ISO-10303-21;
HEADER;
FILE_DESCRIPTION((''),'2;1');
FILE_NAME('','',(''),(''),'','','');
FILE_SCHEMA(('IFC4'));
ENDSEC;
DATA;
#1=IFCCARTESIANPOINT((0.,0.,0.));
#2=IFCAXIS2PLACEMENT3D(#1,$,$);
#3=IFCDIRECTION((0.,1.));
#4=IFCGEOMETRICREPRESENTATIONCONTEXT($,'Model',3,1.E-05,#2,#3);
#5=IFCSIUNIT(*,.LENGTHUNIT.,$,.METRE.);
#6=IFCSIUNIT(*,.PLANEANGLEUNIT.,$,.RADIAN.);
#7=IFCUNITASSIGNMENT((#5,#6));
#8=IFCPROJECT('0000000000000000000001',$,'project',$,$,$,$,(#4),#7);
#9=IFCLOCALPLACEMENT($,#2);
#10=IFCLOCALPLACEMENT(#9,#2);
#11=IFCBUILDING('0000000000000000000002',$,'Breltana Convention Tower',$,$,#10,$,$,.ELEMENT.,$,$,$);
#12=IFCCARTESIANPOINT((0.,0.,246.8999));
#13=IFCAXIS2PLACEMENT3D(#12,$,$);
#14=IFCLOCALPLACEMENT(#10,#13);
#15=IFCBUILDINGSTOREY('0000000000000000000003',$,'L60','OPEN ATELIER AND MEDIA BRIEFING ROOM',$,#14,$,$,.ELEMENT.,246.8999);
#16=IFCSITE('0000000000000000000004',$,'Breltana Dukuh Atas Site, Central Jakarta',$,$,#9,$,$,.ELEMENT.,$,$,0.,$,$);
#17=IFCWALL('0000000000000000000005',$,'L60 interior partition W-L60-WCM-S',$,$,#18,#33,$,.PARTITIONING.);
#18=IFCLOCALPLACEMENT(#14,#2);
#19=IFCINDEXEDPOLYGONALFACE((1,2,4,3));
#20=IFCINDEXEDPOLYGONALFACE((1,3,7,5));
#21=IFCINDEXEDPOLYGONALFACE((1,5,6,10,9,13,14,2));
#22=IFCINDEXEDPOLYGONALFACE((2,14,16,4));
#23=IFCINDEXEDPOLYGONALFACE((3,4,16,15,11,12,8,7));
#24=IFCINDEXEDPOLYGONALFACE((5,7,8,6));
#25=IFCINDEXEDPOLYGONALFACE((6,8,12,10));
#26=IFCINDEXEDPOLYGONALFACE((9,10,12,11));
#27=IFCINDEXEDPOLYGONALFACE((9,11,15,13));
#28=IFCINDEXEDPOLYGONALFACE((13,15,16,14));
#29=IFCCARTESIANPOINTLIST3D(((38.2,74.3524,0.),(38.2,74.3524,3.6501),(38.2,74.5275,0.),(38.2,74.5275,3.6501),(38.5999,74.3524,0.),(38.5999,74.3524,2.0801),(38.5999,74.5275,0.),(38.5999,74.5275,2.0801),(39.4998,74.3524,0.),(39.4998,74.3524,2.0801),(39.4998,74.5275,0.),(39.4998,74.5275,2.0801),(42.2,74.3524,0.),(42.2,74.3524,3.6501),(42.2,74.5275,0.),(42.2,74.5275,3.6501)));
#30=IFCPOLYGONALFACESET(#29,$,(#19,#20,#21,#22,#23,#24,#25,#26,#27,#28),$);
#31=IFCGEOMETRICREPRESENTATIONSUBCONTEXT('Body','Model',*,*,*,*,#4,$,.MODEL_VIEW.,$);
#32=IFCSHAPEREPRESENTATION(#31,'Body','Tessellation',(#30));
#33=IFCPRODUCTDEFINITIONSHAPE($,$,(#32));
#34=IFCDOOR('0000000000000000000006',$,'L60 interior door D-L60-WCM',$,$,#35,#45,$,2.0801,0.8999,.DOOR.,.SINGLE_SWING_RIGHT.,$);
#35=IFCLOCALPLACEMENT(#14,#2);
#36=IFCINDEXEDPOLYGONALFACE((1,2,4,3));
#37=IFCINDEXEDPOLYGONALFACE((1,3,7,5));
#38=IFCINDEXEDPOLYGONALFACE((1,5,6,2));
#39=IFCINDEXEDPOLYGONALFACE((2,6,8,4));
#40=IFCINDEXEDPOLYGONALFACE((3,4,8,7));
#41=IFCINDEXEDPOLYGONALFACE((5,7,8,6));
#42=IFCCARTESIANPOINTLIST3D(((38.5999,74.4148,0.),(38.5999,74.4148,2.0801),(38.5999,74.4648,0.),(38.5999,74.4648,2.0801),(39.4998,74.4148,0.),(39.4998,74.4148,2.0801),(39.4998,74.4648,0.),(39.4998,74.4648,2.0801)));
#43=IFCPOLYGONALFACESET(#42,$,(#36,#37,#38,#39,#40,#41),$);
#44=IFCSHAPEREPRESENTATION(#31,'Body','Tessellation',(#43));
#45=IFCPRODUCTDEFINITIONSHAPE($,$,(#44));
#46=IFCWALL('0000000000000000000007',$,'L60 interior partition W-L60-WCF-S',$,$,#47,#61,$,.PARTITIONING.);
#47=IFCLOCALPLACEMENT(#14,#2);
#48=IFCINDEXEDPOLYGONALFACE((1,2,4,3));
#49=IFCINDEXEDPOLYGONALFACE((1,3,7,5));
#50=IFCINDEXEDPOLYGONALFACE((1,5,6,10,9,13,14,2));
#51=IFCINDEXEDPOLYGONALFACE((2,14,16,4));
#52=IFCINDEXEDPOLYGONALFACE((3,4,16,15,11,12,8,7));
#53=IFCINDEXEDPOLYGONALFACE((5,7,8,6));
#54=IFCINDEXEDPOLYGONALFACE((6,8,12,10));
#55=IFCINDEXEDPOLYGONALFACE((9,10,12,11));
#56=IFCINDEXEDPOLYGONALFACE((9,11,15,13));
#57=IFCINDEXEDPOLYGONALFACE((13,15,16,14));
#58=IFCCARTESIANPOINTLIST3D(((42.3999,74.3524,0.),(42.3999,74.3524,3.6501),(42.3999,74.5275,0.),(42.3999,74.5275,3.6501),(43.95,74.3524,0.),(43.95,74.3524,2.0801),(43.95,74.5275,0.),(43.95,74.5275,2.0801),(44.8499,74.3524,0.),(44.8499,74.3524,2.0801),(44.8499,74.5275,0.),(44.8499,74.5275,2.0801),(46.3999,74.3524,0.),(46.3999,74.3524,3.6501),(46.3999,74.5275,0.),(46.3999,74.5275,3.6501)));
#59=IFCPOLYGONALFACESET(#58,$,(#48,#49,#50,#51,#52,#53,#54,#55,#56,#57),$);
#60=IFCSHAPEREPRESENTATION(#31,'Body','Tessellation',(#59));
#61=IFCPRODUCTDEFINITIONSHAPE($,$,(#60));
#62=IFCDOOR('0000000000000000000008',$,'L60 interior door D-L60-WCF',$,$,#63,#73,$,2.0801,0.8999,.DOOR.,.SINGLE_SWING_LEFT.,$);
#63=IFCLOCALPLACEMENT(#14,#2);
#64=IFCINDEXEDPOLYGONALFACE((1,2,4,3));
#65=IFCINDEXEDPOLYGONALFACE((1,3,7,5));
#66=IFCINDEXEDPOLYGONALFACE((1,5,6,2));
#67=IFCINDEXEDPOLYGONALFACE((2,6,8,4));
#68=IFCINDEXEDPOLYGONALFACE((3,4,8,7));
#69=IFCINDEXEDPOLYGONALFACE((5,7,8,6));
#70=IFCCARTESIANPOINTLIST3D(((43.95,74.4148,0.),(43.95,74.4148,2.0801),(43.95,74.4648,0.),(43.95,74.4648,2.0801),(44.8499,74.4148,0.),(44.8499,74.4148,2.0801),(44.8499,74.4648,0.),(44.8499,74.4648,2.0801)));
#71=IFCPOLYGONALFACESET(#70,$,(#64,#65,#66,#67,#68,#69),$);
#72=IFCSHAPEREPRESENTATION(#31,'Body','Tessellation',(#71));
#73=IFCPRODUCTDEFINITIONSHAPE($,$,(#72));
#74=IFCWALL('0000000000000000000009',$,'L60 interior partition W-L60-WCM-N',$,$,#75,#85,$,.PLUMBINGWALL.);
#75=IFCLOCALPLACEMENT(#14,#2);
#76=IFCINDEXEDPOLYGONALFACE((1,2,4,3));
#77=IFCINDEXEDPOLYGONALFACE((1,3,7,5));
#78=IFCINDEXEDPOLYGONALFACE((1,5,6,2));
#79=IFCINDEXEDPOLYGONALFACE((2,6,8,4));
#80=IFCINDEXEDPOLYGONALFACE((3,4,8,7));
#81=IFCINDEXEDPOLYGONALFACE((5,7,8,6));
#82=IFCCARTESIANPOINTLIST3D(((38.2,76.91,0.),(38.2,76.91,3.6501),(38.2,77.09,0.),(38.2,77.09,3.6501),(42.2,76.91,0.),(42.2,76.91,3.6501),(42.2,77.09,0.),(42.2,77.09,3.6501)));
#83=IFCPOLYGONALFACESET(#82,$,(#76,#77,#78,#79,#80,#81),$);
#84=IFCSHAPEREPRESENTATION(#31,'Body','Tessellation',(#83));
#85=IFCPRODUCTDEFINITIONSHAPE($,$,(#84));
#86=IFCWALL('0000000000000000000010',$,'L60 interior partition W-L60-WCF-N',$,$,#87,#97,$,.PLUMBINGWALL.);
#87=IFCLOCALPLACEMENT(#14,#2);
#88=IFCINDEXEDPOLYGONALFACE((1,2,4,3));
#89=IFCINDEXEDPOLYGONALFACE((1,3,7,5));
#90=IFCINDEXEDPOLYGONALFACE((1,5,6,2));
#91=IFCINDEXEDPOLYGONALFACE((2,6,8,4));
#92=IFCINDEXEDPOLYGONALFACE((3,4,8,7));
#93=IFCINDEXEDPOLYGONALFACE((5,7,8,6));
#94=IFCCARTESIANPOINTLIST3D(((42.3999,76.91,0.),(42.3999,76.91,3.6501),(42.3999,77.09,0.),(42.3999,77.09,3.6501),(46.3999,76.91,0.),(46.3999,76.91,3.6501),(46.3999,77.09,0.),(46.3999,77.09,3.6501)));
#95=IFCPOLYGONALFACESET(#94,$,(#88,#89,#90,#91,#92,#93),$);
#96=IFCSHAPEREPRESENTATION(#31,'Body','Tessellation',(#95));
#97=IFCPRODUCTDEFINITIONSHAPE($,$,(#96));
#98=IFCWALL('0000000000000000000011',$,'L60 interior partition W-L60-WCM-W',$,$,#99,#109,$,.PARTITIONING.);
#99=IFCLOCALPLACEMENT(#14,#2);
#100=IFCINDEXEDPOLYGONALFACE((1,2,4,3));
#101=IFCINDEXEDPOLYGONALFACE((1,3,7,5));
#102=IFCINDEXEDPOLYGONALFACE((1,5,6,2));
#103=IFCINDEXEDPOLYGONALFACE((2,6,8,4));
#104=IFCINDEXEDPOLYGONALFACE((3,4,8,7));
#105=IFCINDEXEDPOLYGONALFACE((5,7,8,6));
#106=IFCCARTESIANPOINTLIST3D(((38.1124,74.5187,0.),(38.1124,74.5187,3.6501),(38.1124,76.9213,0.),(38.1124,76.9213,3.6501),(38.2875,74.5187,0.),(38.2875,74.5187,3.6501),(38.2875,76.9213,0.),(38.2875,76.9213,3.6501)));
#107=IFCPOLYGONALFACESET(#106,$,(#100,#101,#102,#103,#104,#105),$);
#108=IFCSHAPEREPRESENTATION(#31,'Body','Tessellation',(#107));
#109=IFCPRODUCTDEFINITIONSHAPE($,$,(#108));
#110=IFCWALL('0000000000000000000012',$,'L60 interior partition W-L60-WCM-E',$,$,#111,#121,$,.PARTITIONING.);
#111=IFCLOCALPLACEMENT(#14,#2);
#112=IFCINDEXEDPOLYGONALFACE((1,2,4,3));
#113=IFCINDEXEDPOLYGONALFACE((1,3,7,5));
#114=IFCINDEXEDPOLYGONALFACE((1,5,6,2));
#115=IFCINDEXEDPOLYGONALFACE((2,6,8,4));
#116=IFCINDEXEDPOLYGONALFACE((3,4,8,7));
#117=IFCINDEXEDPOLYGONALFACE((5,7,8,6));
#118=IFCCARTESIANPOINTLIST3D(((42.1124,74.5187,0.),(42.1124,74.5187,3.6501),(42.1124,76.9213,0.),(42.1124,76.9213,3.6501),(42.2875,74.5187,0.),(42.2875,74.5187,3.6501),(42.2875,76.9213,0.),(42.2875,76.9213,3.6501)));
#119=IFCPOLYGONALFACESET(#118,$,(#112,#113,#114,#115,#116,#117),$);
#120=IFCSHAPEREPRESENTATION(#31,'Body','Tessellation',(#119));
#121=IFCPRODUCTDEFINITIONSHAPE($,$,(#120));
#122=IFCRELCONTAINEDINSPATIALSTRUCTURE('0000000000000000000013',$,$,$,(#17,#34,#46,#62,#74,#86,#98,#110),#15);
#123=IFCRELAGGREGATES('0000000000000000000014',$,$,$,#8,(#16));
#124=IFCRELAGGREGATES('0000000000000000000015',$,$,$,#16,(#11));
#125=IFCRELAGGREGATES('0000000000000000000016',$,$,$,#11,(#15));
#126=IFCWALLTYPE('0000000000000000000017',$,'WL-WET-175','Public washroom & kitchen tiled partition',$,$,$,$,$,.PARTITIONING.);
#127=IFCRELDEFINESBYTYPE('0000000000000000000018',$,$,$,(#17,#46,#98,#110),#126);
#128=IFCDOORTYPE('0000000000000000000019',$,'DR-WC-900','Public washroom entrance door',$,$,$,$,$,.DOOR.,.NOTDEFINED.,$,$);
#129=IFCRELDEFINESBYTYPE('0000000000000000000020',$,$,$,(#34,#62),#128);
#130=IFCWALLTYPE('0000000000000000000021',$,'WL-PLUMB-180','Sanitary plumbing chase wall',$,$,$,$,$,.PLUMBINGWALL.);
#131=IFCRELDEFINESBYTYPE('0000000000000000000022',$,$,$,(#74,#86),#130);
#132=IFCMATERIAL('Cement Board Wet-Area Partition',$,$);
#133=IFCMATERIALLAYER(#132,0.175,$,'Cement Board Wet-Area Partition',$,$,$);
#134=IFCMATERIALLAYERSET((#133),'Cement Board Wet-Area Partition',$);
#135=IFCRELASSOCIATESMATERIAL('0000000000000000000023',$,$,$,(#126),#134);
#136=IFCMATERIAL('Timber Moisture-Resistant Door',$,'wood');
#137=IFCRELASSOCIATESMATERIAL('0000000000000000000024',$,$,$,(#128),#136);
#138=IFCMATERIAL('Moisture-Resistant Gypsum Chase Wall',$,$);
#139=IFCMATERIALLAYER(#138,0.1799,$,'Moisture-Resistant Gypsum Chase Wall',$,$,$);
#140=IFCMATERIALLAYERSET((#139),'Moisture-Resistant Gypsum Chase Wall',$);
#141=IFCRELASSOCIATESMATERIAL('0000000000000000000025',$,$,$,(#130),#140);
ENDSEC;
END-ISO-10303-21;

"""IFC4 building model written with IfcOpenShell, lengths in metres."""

from ifc_helpers import new_model, si_unit, direction, frame, frame_2d, origin, place, context, subcontext, project, spatial, rectangle, extrude, source, transform, mapped, material, layer, layer_set, type_object, type_shapes, element, fill, save


model = new_model("IFC4")

# Units and contexts
model_context = context("Model", 3, precision=1e-05, world=origin(), true_north=direction((0.0, 1.0)))
body_context = subcontext(model_context, "Body", "Model", "MODEL_VIEW")
ifc_project = project(units=[si_unit("LENGTHUNIT", "METRE"), si_unit("PLANEANGLEUNIT", "RADIAN")], contexts=[model_context])

# Site, building, storey
site_placement = place(None, origin())
site = spatial("IfcSite", under=ifc_project, at=site_placement, Name="Breltana Dukuh Atas Site, Central Jakarta", CompositionType="ELEMENT", RefElevation=0.0)
building_placement = place(site_placement, origin())
building = spatial("IfcBuilding", under=site, at=building_placement, Name="Breltana Convention Tower", CompositionType="ELEMENT")
storey_placement = place(building_placement, frame((0.0, 0.0, 246.8999)))
storey = spatial("IfcBuildingStorey", under=building, at=storey_placement, Name="L60", Description="OPEN ATELIER AND MEDIA BRIEFING ROOM", CompositionType="ELEMENT", Elevation=246.8999)

# Walls, openings, doors
ifc_material_1 = material(Name="Cement Board Wet-Area Partition")
ifc_layer_1 = layer(ifc_material_1, 0.175, Name="Cement Board Wet-Area Partition")
ifc_layer_set_1 = layer_set([ifc_layer_1], Name="Cement Board Wet-Area Partition")
wall_type_1 = type_object("IfcWallType", Name="WL-WET-175", Description="Public washroom & kitchen tiled partition", PredefinedType="PARTITIONING", material=ifc_layer_set_1)
shared_shape_1 = source(origin(), body_context, "Body", "SweptSolid", [
    extrude(rectangle(XDim=4.0, YDim=0.175, at=frame_2d((2.0, 0.0))), origin(), (0.0, 0.0, 1.0), 3.6501),
])
wall_1_placement = place(storey_placement, frame((38.2, 74.4399, 0.0), z_axis=(0.0, 0.0, 1.0), x_axis=(1.0, 0.0, 0.0)))
wall_1 = element("IfcWall", 1, at=wall_1_placement, inside=storey, type_object=wall_type_1, Name="L60 interior partition W-L60-WCM-S", PredefinedType="PARTITIONING", context=body_context, shape_type="MappedRepresentation", body=[
    mapped(shared_shape_1, transform((0.0, 0.0, 0.0), scale=1.0)),
])
opening_1_placement = place(wall_1_placement, frame((0.3999, 0.0, 0.0)))
opening_1 = element("IfcOpeningElement", 2, at=opening_1_placement, cuts=wall_1, PredefinedType="OPENING", context=body_context, shape_type="SweptSolid", body=[
    extrude(rectangle(XDim=0.8999, YDim=2.0801, at=frame_2d((0.45, 1.04))), frame((0.0, 0.0977, 0.0), z_axis=(0.0, -1.0, 0.0), x_axis=(1.0, 0.0, 0.0)), (0.0, 0.0, 1.0), 0.1951),
])
ifc_material_2 = material(Name="Timber Moisture-Resistant Door", Category="wood")
door_type_1 = type_object("IfcDoorType", Name="DR-WC-900", Description="Public washroom entrance door", OperationType="NOTDEFINED", PredefinedType="DOOR", material=ifc_material_2)
shared_shape_2 = source(origin(), body_context, "Body", "SweptSolid", [
    extrude(rectangle(XDim=0.8999, YDim=2.0801, at=frame_2d((0.45, 1.04))), frame((0.0, 0.0249, 0.0), z_axis=(0.0, -1.0, 0.0), x_axis=(1.0, 0.0, 0.0)), (0.0, 0.0, 1.0), 0.05),
])
type_shapes(door_type_1, [shared_shape_2])
door_1_placement = place(opening_1_placement, origin())
door_1 = element("IfcDoor", 3, at=door_1_placement, inside=storey, type_object=door_type_1, Name="L60 interior door D-L60-WCM", OperationType="SINGLE_SWING_RIGHT", OverallHeight=2.0801, OverallWidth=0.8999, PredefinedType="DOOR", context=body_context, shape_type="MappedRepresentation", body=[
    mapped(shared_shape_2, transform((0.0, 0.0, 0.0), scale=1.0)),
])
fill(opening_1, door_1)
wall_2_placement = place(storey_placement, frame((42.3999, 74.4399, 0.0), z_axis=(0.0, 0.0, 1.0), x_axis=(1.0, 0.0, 0.0)))
wall_2 = element("IfcWall", 4, at=wall_2_placement, inside=storey, type_object=wall_type_1, Name="L60 interior partition W-L60-WCF-S", PredefinedType="PARTITIONING", context=body_context, shape_type="MappedRepresentation", body=[
    mapped(shared_shape_1, transform((0.0, 0.0, 0.0), scale=1.0)),
])
opening_2_placement = place(wall_2_placement, frame((1.55, 0.0, 0.0)))
opening_2 = element("IfcOpeningElement", 5, at=opening_2_placement, cuts=wall_2, PredefinedType="OPENING", context=body_context, shape_type="SweptSolid", body=[
    extrude(rectangle(XDim=0.8999, YDim=2.0801, at=frame_2d((0.45, 1.04))), frame((0.0, 0.0977, 0.0), z_axis=(0.0, -1.0, 0.0), x_axis=(1.0, 0.0, 0.0)), (0.0, 0.0, 1.0), 0.1951),
])
door_2_placement = place(opening_2_placement, origin())
door_2 = element("IfcDoor", 6, at=door_2_placement, inside=storey, type_object=door_type_1, Name="L60 interior door D-L60-WCF", OperationType="SINGLE_SWING_LEFT", OverallHeight=2.0801, OverallWidth=0.8999, PredefinedType="DOOR", context=body_context, shape_type="MappedRepresentation", body=[
    mapped(shared_shape_2, transform((0.0, 0.0, 0.0), scale=1.0)),
])
fill(opening_2, door_2)

# Walls
ifc_material_3 = material(Name="Moisture-Resistant Gypsum Chase Wall")
ifc_layer_2 = layer(ifc_material_3, 0.1799, Name="Moisture-Resistant Gypsum Chase Wall")
ifc_layer_set_2 = layer_set([ifc_layer_2], Name="Moisture-Resistant Gypsum Chase Wall")
wall_type_2 = type_object("IfcWallType", Name="WL-PLUMB-180", Description="Sanitary plumbing chase wall", PredefinedType="PLUMBINGWALL", material=ifc_layer_set_2)
shared_shape_3 = source(origin(), body_context, "Body", "SweptSolid", [
    extrude(rectangle(XDim=4.0, YDim=0.1799, at=frame_2d((2.0, 0.0))), origin(), (0.0, 0.0, 1.0), 3.6501),
])
for number, where, z_axis, x_axis, name in (
    (7, (38.2, 77.0, 0.0), (0.0, 0.0, 1.0), (1.0, 0.0, 0.0), "L60 interior partition W-L60-WCM-N"),
    (8, (42.3999, 77.0, 0.0), (0.0, 0.0, 1.0), (1.0, 0.0, 0.0), "L60 interior partition W-L60-WCF-N"),
):
    element("IfcWall", number, at=place(storey_placement, frame(where, z_axis=z_axis, x_axis=x_axis)), inside=storey, type_object=wall_type_2, Name=name, PredefinedType="PLUMBINGWALL", context=body_context, shape_type="MappedRepresentation", body=[
        mapped(shared_shape_3, transform((0.0, 0.0, 0.0), scale=1.0)),
    ])
shared_shape_4 = source(origin(), body_context, "Body", "SweptSolid", [
    extrude(rectangle(XDim=2.4026, YDim=0.175, at=frame_2d((1.2012, 0.0))), origin(), (0.0, 0.0, 1.0), 3.6501),
])
for number, where, z_axis, x_axis, name in (
    (9, (38.2, 74.5188, 0.0), (0.0, 0.0, 1.0), (0.0, 1.0, 0.0), "L60 interior partition W-L60-WCM-W"),
    (10, (42.2, 74.5188, 0.0), (0.0, 0.0, 1.0), (0.0, 1.0, 0.0), "L60 interior partition W-L60-WCM-E"),
):
    element("IfcWall", number, at=place(storey_placement, frame(where, z_axis=z_axis, x_axis=x_axis)), inside=storey, type_object=wall_type_1, Name=name, PredefinedType="PARTITIONING", context=body_context, shape_type="MappedRepresentation", body=[
        mapped(shared_shape_4, transform((0.0, 0.0, 0.0), scale=1.0)),
    ])

save(model, "model.ifc")
